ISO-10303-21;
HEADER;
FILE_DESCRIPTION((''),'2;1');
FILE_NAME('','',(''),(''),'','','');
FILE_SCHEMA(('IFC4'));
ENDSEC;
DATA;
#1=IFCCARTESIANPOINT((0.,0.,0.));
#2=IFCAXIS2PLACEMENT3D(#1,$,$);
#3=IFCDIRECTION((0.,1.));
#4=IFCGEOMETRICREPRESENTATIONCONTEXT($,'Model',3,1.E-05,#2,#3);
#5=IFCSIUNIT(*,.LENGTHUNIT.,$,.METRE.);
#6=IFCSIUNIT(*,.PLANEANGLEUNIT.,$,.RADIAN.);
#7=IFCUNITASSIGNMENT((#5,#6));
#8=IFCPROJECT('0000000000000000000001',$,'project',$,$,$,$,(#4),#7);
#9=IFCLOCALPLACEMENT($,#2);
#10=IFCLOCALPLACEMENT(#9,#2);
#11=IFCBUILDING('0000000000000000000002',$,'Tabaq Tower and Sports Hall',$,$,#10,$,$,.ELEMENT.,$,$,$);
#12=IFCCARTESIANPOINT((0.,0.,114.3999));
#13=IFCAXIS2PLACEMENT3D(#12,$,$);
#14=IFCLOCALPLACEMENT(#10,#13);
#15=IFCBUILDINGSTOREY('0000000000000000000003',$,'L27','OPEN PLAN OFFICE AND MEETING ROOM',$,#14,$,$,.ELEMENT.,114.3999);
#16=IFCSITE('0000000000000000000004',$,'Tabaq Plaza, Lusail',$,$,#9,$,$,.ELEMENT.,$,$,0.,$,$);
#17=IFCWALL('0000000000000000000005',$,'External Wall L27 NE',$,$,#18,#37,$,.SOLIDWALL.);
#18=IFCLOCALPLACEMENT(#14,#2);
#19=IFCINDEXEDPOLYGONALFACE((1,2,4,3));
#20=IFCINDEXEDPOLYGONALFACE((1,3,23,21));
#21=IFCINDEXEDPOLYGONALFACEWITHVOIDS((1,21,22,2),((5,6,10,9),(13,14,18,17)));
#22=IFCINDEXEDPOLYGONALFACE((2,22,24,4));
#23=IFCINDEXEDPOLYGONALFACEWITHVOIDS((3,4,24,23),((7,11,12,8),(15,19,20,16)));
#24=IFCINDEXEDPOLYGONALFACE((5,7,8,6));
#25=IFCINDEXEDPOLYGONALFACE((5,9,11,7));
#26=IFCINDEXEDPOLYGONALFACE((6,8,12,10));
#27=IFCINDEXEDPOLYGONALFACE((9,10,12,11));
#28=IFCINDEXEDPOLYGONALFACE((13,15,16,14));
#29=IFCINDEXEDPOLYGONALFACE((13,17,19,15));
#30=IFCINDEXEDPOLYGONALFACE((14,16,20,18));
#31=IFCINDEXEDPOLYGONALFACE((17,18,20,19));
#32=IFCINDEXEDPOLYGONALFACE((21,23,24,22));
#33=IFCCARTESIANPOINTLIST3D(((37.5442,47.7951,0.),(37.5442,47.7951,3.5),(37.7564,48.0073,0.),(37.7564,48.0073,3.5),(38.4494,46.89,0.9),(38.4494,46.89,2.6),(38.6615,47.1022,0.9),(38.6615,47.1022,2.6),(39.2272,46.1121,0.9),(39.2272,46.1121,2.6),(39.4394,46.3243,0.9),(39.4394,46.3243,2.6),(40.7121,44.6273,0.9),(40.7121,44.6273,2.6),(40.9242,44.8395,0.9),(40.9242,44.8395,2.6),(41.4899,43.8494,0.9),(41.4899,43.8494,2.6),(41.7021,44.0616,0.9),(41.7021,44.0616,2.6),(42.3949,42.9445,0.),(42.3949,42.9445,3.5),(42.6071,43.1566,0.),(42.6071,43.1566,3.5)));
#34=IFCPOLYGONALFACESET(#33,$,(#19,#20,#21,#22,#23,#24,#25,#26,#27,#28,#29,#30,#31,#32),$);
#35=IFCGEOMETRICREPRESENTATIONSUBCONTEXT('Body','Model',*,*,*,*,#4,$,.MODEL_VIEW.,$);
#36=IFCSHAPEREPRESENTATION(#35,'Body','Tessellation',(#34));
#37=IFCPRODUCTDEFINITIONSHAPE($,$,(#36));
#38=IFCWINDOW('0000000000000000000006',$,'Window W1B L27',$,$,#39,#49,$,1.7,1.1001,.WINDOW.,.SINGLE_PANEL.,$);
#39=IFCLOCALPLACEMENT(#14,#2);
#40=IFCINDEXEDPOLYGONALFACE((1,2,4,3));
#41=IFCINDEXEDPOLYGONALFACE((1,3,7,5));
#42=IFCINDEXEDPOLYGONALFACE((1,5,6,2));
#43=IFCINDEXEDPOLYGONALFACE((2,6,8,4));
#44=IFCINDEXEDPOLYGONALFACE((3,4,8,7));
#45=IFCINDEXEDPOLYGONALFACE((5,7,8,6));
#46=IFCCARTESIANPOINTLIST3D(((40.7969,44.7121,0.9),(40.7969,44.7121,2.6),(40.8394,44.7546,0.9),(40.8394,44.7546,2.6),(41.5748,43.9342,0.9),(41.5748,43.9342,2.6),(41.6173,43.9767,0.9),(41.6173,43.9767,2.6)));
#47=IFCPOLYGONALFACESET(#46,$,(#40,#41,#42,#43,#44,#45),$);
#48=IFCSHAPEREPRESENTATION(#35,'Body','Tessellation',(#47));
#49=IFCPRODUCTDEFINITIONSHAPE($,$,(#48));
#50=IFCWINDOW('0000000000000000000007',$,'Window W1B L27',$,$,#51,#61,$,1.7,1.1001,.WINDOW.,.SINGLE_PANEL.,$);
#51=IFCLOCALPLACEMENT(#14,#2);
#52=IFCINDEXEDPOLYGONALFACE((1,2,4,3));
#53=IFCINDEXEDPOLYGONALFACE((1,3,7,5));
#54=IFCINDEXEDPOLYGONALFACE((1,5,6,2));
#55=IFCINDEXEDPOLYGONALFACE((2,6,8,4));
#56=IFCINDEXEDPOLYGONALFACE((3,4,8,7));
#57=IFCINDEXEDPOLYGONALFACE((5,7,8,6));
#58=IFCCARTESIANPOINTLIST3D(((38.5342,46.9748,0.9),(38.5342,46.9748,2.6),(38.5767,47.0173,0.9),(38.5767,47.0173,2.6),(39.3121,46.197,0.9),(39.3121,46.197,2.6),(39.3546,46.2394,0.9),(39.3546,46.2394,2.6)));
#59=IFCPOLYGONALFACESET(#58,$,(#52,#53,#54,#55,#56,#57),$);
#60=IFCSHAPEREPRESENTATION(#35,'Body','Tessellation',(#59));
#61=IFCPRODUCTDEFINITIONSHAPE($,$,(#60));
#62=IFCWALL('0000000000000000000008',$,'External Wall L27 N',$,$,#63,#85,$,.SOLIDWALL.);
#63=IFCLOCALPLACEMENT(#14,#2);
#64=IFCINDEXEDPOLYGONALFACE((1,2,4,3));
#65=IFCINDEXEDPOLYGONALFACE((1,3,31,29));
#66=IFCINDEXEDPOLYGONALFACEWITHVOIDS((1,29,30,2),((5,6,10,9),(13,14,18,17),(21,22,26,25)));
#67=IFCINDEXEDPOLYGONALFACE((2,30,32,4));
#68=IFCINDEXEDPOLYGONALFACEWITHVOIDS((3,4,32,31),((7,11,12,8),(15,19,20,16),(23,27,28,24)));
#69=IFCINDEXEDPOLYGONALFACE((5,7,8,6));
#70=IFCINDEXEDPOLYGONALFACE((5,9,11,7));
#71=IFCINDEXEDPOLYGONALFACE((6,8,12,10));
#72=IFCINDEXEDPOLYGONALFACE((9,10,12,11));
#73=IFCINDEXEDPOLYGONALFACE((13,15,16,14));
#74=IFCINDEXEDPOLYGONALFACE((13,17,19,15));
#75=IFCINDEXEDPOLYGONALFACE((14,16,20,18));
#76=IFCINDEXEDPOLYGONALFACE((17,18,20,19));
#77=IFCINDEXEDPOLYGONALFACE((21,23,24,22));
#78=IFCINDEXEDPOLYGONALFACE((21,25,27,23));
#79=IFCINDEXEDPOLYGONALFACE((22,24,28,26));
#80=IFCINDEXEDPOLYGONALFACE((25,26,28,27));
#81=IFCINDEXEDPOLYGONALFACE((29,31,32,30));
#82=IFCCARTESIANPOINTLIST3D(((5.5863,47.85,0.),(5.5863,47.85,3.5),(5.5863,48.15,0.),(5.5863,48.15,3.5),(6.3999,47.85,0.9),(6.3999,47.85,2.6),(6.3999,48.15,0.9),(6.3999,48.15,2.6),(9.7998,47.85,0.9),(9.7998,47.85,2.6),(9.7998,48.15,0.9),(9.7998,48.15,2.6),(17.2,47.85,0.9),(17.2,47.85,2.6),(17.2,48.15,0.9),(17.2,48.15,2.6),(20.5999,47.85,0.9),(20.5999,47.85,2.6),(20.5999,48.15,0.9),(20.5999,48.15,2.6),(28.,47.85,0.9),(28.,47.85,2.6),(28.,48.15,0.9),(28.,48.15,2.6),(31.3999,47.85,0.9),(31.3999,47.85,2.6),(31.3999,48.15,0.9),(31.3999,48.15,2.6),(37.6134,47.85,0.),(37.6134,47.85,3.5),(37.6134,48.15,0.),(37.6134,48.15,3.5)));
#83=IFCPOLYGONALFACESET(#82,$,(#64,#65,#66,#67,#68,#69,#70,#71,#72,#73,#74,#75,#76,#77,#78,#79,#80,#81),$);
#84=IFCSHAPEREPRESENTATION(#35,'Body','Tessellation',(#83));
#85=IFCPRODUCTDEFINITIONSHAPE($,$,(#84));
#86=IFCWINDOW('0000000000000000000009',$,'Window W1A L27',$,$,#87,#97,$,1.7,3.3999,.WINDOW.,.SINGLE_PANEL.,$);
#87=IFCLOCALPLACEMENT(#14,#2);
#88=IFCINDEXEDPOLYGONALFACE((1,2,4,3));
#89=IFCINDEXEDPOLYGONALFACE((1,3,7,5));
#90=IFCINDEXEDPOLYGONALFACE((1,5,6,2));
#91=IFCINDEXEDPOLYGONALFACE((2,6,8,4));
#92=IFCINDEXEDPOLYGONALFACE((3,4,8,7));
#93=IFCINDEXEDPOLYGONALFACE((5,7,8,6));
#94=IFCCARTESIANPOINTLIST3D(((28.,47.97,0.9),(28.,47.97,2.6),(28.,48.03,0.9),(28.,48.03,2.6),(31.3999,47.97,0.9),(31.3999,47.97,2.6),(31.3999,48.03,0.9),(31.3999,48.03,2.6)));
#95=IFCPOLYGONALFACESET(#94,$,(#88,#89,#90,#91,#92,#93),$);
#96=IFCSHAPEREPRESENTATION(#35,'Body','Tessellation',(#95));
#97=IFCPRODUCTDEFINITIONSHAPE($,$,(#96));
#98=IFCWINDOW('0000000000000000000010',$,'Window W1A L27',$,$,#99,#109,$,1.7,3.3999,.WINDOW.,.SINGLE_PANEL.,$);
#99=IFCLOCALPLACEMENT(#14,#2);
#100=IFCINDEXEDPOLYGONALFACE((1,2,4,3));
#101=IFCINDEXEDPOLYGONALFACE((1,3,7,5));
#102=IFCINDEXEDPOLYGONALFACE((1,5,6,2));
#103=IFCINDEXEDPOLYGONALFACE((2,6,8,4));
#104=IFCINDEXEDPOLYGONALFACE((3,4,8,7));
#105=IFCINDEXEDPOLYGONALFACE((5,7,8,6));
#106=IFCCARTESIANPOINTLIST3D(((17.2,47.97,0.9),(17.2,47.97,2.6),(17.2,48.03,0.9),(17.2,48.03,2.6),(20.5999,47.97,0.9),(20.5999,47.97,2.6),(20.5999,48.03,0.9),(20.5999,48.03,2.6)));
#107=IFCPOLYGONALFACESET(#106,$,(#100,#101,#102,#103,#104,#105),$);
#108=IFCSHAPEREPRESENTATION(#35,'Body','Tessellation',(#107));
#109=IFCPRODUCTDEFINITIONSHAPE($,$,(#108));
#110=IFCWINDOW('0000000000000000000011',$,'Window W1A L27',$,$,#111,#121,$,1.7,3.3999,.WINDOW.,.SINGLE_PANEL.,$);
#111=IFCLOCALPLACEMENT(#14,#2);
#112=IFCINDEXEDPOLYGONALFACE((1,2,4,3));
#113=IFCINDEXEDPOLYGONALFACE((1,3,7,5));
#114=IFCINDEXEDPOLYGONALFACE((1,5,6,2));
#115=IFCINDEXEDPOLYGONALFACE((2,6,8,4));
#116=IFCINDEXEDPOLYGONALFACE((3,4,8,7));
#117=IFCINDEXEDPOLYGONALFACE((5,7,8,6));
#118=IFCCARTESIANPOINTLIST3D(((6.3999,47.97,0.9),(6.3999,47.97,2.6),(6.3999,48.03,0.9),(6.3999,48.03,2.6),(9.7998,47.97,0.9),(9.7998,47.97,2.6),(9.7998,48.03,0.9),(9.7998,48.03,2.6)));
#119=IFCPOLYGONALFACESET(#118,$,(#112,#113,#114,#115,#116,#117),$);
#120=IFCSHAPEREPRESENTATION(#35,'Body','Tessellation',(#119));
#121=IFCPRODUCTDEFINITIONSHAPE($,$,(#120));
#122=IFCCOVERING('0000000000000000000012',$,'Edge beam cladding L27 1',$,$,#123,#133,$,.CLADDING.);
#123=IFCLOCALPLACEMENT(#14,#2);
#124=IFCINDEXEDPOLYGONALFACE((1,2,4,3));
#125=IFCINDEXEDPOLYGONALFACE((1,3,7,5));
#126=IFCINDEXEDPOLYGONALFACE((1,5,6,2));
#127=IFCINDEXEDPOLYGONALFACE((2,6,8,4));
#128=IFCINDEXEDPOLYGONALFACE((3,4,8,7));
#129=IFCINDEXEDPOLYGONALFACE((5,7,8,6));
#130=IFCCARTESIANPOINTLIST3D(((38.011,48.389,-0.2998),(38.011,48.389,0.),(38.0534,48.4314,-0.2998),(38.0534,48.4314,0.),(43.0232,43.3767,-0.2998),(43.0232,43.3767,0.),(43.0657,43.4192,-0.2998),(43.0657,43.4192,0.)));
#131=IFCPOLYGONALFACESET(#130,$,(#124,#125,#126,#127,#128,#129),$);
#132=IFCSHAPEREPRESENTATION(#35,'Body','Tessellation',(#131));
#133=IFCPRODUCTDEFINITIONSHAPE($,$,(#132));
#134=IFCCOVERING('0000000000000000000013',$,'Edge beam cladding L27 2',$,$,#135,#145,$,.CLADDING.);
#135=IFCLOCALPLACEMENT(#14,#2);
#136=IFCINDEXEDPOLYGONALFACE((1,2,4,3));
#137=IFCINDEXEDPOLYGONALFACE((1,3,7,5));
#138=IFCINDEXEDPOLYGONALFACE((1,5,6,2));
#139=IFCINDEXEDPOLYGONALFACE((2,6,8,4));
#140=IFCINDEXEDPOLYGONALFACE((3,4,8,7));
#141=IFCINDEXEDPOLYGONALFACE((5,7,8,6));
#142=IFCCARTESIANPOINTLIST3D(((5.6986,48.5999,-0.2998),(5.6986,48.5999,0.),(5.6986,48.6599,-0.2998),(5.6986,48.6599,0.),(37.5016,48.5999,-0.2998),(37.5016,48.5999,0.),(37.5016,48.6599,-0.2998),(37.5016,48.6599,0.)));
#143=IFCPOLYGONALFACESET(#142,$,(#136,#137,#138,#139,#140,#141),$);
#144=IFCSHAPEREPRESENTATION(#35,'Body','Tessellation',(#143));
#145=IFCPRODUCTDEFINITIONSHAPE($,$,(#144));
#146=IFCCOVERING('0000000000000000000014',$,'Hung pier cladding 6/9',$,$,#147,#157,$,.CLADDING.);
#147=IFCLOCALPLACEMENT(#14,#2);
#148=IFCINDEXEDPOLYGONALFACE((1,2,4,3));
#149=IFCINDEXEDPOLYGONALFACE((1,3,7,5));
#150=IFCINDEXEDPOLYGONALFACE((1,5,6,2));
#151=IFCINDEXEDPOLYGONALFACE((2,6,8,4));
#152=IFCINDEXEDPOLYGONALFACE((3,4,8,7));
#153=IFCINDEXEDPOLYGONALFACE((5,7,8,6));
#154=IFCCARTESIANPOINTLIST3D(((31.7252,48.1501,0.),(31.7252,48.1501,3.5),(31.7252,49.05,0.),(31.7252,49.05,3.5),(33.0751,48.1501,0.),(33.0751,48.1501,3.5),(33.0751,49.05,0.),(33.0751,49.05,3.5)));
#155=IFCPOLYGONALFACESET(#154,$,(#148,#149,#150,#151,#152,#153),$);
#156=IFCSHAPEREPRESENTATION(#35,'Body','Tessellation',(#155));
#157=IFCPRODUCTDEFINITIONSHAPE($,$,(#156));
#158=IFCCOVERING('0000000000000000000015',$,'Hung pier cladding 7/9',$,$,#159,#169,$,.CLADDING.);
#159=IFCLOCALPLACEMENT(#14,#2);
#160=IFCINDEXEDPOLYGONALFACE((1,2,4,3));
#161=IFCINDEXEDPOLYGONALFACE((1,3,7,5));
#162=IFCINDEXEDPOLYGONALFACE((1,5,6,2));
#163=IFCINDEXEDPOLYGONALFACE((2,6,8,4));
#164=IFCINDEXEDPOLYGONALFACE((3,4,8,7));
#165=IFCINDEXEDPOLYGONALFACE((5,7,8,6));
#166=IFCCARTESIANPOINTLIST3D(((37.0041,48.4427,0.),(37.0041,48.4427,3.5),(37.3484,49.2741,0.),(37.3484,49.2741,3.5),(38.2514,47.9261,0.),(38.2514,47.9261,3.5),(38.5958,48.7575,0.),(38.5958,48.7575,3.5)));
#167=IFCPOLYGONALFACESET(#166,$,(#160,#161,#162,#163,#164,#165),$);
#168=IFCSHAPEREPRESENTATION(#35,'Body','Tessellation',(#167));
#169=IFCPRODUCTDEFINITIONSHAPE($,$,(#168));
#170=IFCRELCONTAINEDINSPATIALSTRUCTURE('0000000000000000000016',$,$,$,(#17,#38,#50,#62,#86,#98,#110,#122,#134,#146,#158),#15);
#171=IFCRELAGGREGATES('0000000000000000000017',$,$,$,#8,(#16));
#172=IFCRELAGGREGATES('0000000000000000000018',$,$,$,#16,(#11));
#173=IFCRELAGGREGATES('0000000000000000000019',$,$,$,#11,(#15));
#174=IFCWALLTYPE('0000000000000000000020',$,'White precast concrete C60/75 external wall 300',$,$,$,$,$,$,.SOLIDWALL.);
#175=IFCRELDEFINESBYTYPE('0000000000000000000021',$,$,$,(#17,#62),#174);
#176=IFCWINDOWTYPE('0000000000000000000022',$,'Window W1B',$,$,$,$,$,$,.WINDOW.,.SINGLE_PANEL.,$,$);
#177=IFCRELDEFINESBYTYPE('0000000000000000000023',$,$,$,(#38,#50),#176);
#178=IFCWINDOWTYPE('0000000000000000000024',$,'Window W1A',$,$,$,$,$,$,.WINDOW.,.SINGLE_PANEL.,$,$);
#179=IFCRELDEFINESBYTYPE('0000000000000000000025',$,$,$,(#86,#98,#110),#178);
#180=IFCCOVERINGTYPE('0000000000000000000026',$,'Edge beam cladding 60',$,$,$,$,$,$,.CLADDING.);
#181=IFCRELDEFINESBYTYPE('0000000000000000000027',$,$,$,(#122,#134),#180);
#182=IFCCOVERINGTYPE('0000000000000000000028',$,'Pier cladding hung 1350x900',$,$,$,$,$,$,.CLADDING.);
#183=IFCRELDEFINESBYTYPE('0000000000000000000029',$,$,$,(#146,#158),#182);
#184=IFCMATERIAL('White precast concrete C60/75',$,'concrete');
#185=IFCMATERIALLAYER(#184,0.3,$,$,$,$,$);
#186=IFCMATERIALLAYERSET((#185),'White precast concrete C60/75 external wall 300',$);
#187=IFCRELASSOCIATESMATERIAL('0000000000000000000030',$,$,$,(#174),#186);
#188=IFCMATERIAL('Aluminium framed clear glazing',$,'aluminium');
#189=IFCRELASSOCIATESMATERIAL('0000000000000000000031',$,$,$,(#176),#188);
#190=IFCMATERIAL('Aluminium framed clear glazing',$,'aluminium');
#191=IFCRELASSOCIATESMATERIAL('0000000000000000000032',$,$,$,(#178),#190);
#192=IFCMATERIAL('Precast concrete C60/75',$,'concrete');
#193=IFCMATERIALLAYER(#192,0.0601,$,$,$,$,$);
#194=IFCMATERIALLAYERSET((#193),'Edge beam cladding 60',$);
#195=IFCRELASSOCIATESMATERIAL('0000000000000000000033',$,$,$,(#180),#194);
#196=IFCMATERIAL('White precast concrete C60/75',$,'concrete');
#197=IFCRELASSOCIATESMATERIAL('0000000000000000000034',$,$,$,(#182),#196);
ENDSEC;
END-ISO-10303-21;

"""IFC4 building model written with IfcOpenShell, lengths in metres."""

from ifc_helpers import new_model, si_unit, direction, frame, frame_2d, origin, place, context, subcontext, project, spatial, rectangle, extrude, material, layer, layer_set, type_object, element, fill, save


model = new_model("IFC4")

# Units and contexts
model_context = context("Model", 3, precision=1e-05, world=origin(), true_north=direction((0.0, 1.0)))
body_context = subcontext(model_context, "Body", "Model", "MODEL_VIEW")
ifc_project = project(units=[si_unit("LENGTHUNIT", "METRE"), si_unit("PLANEANGLEUNIT", "RADIAN")], contexts=[model_context])

# Site, building, storey
site_placement = place(None, origin())
site = spatial("IfcSite", under=ifc_project, at=site_placement, Name="Tabaq Plaza, Lusail", CompositionType="ELEMENT", RefElevation=0.0)
building_placement = place(site_placement, origin())
building = spatial("IfcBuilding", under=site, at=building_placement, Name="Tabaq Tower and Sports Hall", CompositionType="ELEMENT")
storey_placement = place(building_placement, frame((0.0, 0.0, 114.3999)))
storey = spatial("IfcBuildingStorey", under=building, at=storey_placement, Name="L27", Description="OPEN PLAN OFFICE AND MEETING ROOM", CompositionType="ELEMENT", Elevation=114.3999)

# Walls, openings, windows
ifc_material_1 = material(Name="White precast concrete C60/75", Category="concrete")
ifc_layer_1 = layer(ifc_material_1, 0.3)
ifc_layer_set_1 = layer_set([ifc_layer_1], Name="White precast concrete C60/75 external wall 300")
wall_type_1 = type_object("IfcWallType", Name="White precast concrete C60/75 external wall 300", PredefinedType="SOLIDWALL", material=ifc_layer_set_1)
wall_1_placement = place(storey_placement, frame((42.501, 43.0505, 0.0), z_axis=(0.0, 0.0, 1.0), x_axis=(-0.707107, 0.707107, 0.0)))
wall_1 = element("IfcWall", 1, at=wall_1_placement, inside=storey, type_object=wall_type_1, Name="External Wall L27 NE", PredefinedType="SOLIDWALL", context=body_context, shape_type="SweptSolid", body=[
    extrude(rectangle(XDim=6.8599, YDim=0.3, at=frame_2d((3.4299, 0.0))), origin(), (0.0, 0.0, 1.0), 3.5),
])
opening_1_placement = place(wall_1_placement, frame((1.2798, 0.0, 0.8999)))
opening_1 = element("IfcOpeningElement", 2, at=opening_1_placement, cuts=wall_1, PredefinedType="OPENING", context=body_context, shape_type="SweptSolid", body=[
    extrude(rectangle(XDim=1.1001, YDim=1.7, at=frame_2d((0.55, 0.8501))), frame((0.0, 0.1602, 0.0), z_axis=(0.0, -1.0, 0.0), x_axis=(1.0, 0.0, 0.0)), (0.0, 0.0, 1.0), 0.3201),
])
opening_2_placement = place(wall_1_placement, frame((4.4797, 0.0, 0.8999)))
opening_2 = element("IfcOpeningElement", 3, at=opening_2_placement, cuts=wall_1, PredefinedType="OPENING", context=body_context, shape_type="SweptSolid", body=[
    extrude(rectangle(XDim=1.1001, YDim=1.7, at=frame_2d((0.55, 0.8501))), frame((0.0, 0.1602, 0.0), z_axis=(0.0, -1.0, 0.0), x_axis=(1.0, 0.0, 0.0)), (0.0, 0.0, 1.0), 0.3201),
])
ifc_material_2 = material(Name="Aluminium framed clear glazing", Category="aluminium")
window_type_1 = type_object("IfcWindowType", Name="Window W1B", PartitioningType="SINGLE_PANEL", PredefinedType="WINDOW", material=ifc_material_2)
window_1_placement = place(opening_1_placement, origin())
window_1 = element("IfcWindow", 4, at=window_1_placement, inside=storey, type_object=window_type_1, Name="Window W1B L27", OverallHeight=1.7, OverallWidth=1.1001, PartitioningType="SINGLE_PANEL", PredefinedType="WINDOW", context=body_context, shape_type="SweptSolid", body=[
    extrude(rectangle(XDim=1.1001, YDim=1.7, at=frame_2d((0.55, 0.8501))), frame((0.0, 0.03, 0.0), z_axis=(0.0, -1.0, 0.0), x_axis=(1.0, 0.0, 0.0)), (0.0, 0.0, 1.0), 0.0601),
])
fill(opening_1, window_1)
window_2_placement = place(opening_2_placement, origin())
window_2 = element("IfcWindow", 5, at=window_2_placement, inside=storey, type_object=window_type_1, Name="Window W1B L27", OverallHeight=1.7, OverallWidth=1.1001, PartitioningType="SINGLE_PANEL", PredefinedType="WINDOW", context=body_context, shape_type="SweptSolid", body=[
    extrude(rectangle(XDim=1.1001, YDim=1.7, at=frame_2d((0.55, 0.8501))), frame((0.0, 0.03, 0.0), z_axis=(0.0, -1.0, 0.0), x_axis=(1.0, 0.0, 0.0)), (0.0, 0.0, 1.0), 0.0601),
])
fill(opening_2, window_2)
wall_2_placement = place(storey_placement, frame((37.6135, 48.0, 0.0), z_axis=(0.0, 0.0, 1.0), x_axis=(-1.0, 0.0, 0.0)))
wall_2 = element("IfcWall", 6, at=wall_2_placement, inside=storey, type_object=wall_type_1, Name="External Wall L27 N", PredefinedType="SOLIDWALL", context=body_context, shape_type="SweptSolid", body=[
    extrude(rectangle(XDim=32.0271, YDim=0.3, at=frame_2d((16.0137, 0.0))), origin(), (0.0, 0.0, 1.0), 3.5),
])
opening_3_placement = place(wall_2_placement, frame((6.2136, 0.0, 0.8999)))
opening_3 = element("IfcOpeningElement", 7, at=opening_3_placement, cuts=wall_2, PredefinedType="OPENING", context=body_context, shape_type="SweptSolid", body=[
    extrude(rectangle(XDim=3.3999, YDim=1.7, at=frame_2d((1.7, 0.8501))), frame((0.0, 0.1602, 0.0), z_axis=(0.0, -1.0, 0.0), x_axis=(1.0, 0.0, 0.0)), (0.0, 0.0, 1.0), 0.3201),
])
opening_4_placement = place(wall_2_placement, frame((17.0137, 0.0, 0.8999)))
opening_4 = element("IfcOpeningElement", 8, at=opening_4_placement, cuts=wall_2, PredefinedType="OPENING", context=body_context, shape_type="SweptSolid", body=[
    extrude(rectangle(XDim=3.3999, YDim=1.7, at=frame_2d((1.7, 0.8501))), frame((0.0, 0.1602, 0.0), z_axis=(0.0, -1.0, 0.0), x_axis=(1.0, 0.0, 0.0)), (0.0, 0.0, 1.0), 0.3201),
])
opening_5_placement = place(wall_2_placement, frame((27.8137, 0.0, 0.8999)))
opening_5 = element("IfcOpeningElement", 9, at=opening_5_placement, cuts=wall_2, PredefinedType="OPENING", context=body_context, shape_type="SweptSolid", body=[
    extrude(rectangle(XDim=3.3999, YDim=1.7, at=frame_2d((1.7, 0.8501))), frame((0.0, 0.1602, 0.0), z_axis=(0.0, -1.0, 0.0), x_axis=(1.0, 0.0, 0.0)), (0.0, 0.0, 1.0), 0.3201),
])
ifc_material_3 = material(Name="Aluminium framed clear glazing", Category="aluminium")
window_type_2 = type_object("IfcWindowType", Name="Window W1A", PartitioningType="SINGLE_PANEL", PredefinedType="WINDOW", material=ifc_material_3)
window_3_placement = place(opening_3_placement, origin())
window_3 = element("IfcWindow", 10, at=window_3_placement, inside=storey, type_object=window_type_2, Name="Window W1A L27", OverallHeight=1.7, OverallWidth=3.3999, PartitioningType="SINGLE_PANEL", PredefinedType="WINDOW", context=body_context, shape_type="SweptSolid", body=[
    extrude(rectangle(XDim=3.3999, YDim=1.7, at=frame_2d((1.7, 0.8501))), frame((0.0, 0.03, 0.0), z_axis=(0.0, -1.0, 0.0), x_axis=(1.0, 0.0, 0.0)), (0.0, 0.0, 1.0), 0.0601),
])
fill(opening_3, window_3)
window_4_placement = place(opening_4_placement, origin())
window_4 = element("IfcWindow", 11, at=window_4_placement, inside=storey, type_object=window_type_2, Name="Window W1A L27", OverallHeight=1.7, OverallWidth=3.3999, PartitioningType="SINGLE_PANEL", PredefinedType="WINDOW", context=body_context, shape_type="SweptSolid", body=[
    extrude(rectangle(XDim=3.3999, YDim=1.7, at=frame_2d((1.7, 0.8501))), frame((0.0, 0.03, 0.0), z_axis=(0.0, -1.0, 0.0), x_axis=(1.0, 0.0, 0.0)), (0.0, 0.0, 1.0), 0.0601),
])
fill(opening_4, window_4)
window_5_placement = place(opening_5_placement, origin())
window_5 = element("IfcWindow", 12, at=window_5_placement, inside=storey, type_object=window_type_2, Name="Window W1A L27", OverallHeight=1.7, OverallWidth=3.3999, PartitioningType="SINGLE_PANEL", PredefinedType="WINDOW", context=body_context, shape_type="SweptSolid", body=[
    extrude(rectangle(XDim=3.3999, YDim=1.7, at=frame_2d((1.7, 0.8501))), frame((0.0, 0.03, 0.0), z_axis=(0.0, -1.0, 0.0), x_axis=(1.0, 0.0, 0.0)), (0.0, 0.0, 1.0), 0.0601),
])
fill(opening_5, window_5)

# Coverings
ifc_material_4 = material(Name="Precast concrete C60/75", Category="concrete")
ifc_layer_2 = layer(ifc_material_4, 0.0601)
ifc_layer_set_2 = layer_set([ifc_layer_2], Name="Edge beam cladding 60")
covering_type_1 = type_object("IfcCoveringType", Name="Edge beam cladding 60", PredefinedType="CLADDING", material=ifc_layer_set_2)
covering_1_placement = place(storey_placement, frame((43.0444, 43.3979, -0.2998), z_axis=(0.0, 0.0, 1.0), x_axis=(-0.707107, 0.707107, 0.0)))
element("IfcCovering", 13, at=covering_1_placement, inside=storey, type_object=covering_type_1, Name="Edge beam cladding L27 1", PredefinedType="CLADDING", context=body_context, shape_type="SweptSolid", body=[
    extrude(rectangle(XDim=7.0884, YDim=0.0601, at=frame_2d((3.5442, 0.0))), origin(), (0.0, 0.0, 1.0), 0.2998),
])
covering_2_placement = place(storey_placement, frame((37.5015, 48.6299, -0.2998), z_axis=(0.0, 0.0, 1.0), x_axis=(-1.0, 0.0, 0.0)))
element("IfcCovering", 14, at=covering_2_placement, inside=storey, type_object=covering_type_1, Name="Edge beam cladding L27 2", PredefinedType="CLADDING", context=body_context, shape_type="SweptSolid", body=[
    extrude(rectangle(XDim=31.803, YDim=0.0601, at=frame_2d((15.9014, 0.0))), origin(), (0.0, 0.0, 1.0), 0.2998),
])
ifc_material_5 = material(Name="White precast concrete C60/75", Category="concrete")
covering_type_2 = type_object("IfcCoveringType", Name="Pier cladding hung 1350x900", PredefinedType="CLADDING", material=ifc_material_5)
covering_3_placement = place(storey_placement, frame((33.075, 48.6001, 0.0), z_axis=(0.0, 0.0, 1.0), x_axis=(-1.0, 0.0, 0.0)))
element("IfcCovering", 15, at=covering_3_placement, inside=storey, type_object=covering_type_2, Name="Hung pier cladding 6/9", PredefinedType="CLADDING", context=body_context, shape_type="SweptSolid", body=[
    extrude(rectangle(XDim=1.3499, YDim=0.8999, at=frame_2d((0.6748, 0.0))), origin(), (0.0, 0.0, 1.0), 3.5),
])
for number, where, z_axis, x_axis, name in (
    (16, (38.4236, 48.3418, 0.0), (0.0, 0.0, 1.0), (-0.923893, 0.38265, 0.0), "Hung pier cladding 7/9"),
):
    element("IfcCovering", number, at=place(storey_placement, frame(where, z_axis=z_axis, x_axis=x_axis)), inside=storey, type_object=covering_type_2, Name=name, PredefinedType="CLADDING", context=body_context, shape_type="SweptSolid", body=[
        extrude(rectangle(XDim=1.3501, YDim=0.8999, at=frame_2d((0.675, 0.0))), origin(), (0.0, 0.0, 1.0), 3.5),
    ])

save(model, "model.ifc")
